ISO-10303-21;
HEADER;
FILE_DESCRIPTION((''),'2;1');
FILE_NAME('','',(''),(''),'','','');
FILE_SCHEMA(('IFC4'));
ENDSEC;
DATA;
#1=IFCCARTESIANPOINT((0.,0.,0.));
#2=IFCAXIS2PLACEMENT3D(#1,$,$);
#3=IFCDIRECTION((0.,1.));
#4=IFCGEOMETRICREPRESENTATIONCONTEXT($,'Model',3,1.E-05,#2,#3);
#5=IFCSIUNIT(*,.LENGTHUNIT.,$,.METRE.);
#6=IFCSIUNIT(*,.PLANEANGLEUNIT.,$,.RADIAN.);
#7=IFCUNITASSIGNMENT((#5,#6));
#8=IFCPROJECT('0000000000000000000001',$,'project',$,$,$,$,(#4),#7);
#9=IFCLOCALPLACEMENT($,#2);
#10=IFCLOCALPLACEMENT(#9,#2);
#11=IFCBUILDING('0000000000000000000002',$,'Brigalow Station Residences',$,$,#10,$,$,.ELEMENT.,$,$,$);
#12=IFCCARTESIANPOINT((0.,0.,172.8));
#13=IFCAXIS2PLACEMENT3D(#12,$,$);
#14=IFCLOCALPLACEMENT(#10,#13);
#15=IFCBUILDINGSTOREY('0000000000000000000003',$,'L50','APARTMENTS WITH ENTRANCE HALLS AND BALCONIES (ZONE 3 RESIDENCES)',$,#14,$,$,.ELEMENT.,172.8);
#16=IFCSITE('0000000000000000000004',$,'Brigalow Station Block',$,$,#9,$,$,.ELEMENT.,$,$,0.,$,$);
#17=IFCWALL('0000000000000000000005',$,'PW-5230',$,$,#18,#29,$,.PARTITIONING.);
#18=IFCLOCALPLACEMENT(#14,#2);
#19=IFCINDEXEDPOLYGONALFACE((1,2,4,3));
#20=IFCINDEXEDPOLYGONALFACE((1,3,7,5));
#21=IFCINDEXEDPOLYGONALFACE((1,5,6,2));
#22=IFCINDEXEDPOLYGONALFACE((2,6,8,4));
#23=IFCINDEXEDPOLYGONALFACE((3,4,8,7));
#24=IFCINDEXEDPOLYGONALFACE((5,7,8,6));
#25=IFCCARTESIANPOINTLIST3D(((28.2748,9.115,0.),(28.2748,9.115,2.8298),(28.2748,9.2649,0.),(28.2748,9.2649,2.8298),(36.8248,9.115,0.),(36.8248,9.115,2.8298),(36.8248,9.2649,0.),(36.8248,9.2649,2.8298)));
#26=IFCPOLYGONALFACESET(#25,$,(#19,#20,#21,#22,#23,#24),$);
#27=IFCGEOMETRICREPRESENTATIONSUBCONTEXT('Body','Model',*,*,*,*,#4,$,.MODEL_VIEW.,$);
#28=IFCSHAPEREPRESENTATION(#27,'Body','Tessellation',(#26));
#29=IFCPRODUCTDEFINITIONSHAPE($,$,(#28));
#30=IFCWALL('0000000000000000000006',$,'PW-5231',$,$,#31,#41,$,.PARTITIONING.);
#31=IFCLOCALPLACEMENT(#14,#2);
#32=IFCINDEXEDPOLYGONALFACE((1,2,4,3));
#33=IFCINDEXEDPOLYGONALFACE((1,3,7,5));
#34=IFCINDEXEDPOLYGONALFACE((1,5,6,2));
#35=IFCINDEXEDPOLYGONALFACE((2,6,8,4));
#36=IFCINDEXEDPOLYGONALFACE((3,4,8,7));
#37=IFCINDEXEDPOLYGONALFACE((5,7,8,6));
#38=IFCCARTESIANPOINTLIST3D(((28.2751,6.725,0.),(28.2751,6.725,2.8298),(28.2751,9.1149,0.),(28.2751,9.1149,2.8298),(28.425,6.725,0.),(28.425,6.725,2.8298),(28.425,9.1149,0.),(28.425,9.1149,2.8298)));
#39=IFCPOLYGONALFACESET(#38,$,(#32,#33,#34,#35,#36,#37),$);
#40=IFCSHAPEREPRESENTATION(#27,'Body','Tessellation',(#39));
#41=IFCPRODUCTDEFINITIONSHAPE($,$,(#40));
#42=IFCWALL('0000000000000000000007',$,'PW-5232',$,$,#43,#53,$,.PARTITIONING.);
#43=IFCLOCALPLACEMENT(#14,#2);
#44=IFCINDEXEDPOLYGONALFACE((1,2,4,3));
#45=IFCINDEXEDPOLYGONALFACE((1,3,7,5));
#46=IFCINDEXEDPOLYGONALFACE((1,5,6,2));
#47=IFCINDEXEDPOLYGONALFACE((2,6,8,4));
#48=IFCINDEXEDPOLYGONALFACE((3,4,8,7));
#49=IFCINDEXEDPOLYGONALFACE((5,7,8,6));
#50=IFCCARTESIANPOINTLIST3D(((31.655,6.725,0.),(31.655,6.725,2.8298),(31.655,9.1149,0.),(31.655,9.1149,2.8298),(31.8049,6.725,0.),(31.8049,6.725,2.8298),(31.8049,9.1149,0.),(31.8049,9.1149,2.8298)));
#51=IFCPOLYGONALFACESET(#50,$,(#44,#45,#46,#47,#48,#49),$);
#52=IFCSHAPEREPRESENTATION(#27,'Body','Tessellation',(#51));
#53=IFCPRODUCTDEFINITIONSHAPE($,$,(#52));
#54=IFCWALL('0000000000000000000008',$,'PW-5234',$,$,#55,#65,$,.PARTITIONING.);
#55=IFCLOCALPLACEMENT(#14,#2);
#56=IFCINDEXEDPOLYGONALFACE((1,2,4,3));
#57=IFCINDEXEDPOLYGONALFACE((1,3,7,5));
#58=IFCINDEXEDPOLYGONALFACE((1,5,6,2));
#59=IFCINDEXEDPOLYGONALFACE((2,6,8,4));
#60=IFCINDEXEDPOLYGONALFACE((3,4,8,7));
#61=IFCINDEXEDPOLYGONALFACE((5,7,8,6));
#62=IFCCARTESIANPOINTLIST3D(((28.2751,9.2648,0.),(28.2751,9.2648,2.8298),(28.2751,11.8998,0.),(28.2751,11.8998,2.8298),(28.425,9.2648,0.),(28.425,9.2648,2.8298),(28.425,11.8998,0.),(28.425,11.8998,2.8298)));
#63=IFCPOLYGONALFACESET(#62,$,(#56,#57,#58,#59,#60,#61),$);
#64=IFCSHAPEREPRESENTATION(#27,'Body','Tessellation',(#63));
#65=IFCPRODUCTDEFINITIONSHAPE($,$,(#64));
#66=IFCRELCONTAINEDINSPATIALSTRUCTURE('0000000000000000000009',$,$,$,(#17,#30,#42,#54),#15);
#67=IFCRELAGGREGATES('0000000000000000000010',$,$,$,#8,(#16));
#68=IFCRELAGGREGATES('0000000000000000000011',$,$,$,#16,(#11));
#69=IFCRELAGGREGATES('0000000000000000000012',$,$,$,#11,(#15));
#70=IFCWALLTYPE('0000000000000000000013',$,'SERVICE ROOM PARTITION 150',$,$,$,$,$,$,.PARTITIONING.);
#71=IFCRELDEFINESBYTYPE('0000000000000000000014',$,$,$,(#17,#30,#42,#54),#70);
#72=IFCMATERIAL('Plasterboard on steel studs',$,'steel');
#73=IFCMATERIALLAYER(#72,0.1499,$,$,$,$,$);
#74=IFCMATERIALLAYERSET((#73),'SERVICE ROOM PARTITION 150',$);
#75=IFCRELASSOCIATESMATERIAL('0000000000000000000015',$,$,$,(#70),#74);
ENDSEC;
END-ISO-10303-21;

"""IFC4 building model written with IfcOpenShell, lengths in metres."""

from ifc_helpers import new_model, si_unit, direction, frame, frame_2d, origin, place, context, subcontext, project, spatial, rectangle, extrude, material, layer, layer_set, type_object, element, save


model = new_model("IFC4")

# Units and contexts
model_context = context("Model", 3, precision=1e-05, world=origin(), true_north=direction((0.0, 1.0)))
body_context = subcontext(model_context, "Body", "Model", "MODEL_VIEW")
ifc_project = project(units=[si_unit("LENGTHUNIT", "METRE"), si_unit("PLANEANGLEUNIT", "RADIAN")], contexts=[model_context])

# Site, building, storey
site_placement = place(None, origin())
site = spatial("IfcSite", under=ifc_project, at=site_placement, Name="Brigalow Station Block", CompositionType="ELEMENT", RefElevation=0.0)
building_placement = place(site_placement, origin())
building = spatial("IfcBuilding", under=site, at=building_placement, Name="Brigalow Station Residences", CompositionType="ELEMENT")
storey_placement = place(building_placement, frame((0.0, 0.0, 172.8)))
storey = spatial("IfcBuildingStorey", under=building, at=storey_placement, Name="L50", Description="APARTMENTS WITH ENTRANCE HALLS AND BALCONIES (ZONE 3 RESIDENCES)", CompositionType="ELEMENT", Elevation=172.8)

# Walls
ifc_material_1 = material(Name="Plasterboard on steel studs", Category="steel")
ifc_layer_1 = layer(ifc_material_1, 0.1499)
ifc_layer_set_1 = layer_set([ifc_layer_1], Name="SERVICE ROOM PARTITION 150")
wall_type_1 = type_object("IfcWallType", Name="SERVICE ROOM PARTITION 150", PredefinedType="PARTITIONING", material=ifc_layer_set_1)
wall_1_placement = place(storey_placement, frame((28.2749, 9.1899, 0.0), z_axis=(0.0, 0.0, 1.0), x_axis=(1.0, 0.0, 0.0)))
element("IfcWall", 1, at=wall_1_placement, inside=storey, type_object=wall_type_1, Name="PW-5230", PredefinedType="PARTITIONING", context=body_context, shape_type="SweptSolid", body=[
    extrude(rectangle(XDim=8.55, YDim=0.1499, at=frame_2d((4.2749, 0.0))), origin(), (0.0, 0.0, 1.0), 2.8298),
])
for number, where, z_axis, x_axis, name in (
    (2, (28.3501, 6.7251, 0.0), (0.0, 0.0, 1.0), (0.0, 1.0, 0.0), "PW-5231"),
    (3, (31.73, 6.7251, 0.0), (0.0, 0.0, 1.0), (0.0, 1.0, 0.0), "PW-5232"),
):
    element("IfcWall", number, at=place(storey_placement, frame(where, z_axis=z_axis, x_axis=x_axis)), inside=storey, type_object=wall_type_1, Name=name, PredefinedType="PARTITIONING", context=body_context, shape_type="SweptSolid", body=[
        extrude(rectangle(XDim=2.3899, YDim=0.1499, at=frame_2d((1.1948, 0.0))), origin(), (0.0, 0.0, 1.0), 2.8298),
    ])
wall_2_placement = place(storey_placement, frame((28.3501, 9.2649, 0.0), z_axis=(0.0, 0.0, 1.0), x_axis=(0.0, 1.0, 0.0)))
element("IfcWall", 4, at=wall_2_placement, inside=storey, type_object=wall_type_1, Name="PW-5234", PredefinedType="PARTITIONING", context=body_context, shape_type="SweptSolid", body=[
    extrude(rectangle(XDim=2.635, YDim=0.1499, at=frame_2d((1.3174, 0.0))), origin(), (0.0, 0.0, 1.0), 2.8298),
])

save(model, "model.ifc")
